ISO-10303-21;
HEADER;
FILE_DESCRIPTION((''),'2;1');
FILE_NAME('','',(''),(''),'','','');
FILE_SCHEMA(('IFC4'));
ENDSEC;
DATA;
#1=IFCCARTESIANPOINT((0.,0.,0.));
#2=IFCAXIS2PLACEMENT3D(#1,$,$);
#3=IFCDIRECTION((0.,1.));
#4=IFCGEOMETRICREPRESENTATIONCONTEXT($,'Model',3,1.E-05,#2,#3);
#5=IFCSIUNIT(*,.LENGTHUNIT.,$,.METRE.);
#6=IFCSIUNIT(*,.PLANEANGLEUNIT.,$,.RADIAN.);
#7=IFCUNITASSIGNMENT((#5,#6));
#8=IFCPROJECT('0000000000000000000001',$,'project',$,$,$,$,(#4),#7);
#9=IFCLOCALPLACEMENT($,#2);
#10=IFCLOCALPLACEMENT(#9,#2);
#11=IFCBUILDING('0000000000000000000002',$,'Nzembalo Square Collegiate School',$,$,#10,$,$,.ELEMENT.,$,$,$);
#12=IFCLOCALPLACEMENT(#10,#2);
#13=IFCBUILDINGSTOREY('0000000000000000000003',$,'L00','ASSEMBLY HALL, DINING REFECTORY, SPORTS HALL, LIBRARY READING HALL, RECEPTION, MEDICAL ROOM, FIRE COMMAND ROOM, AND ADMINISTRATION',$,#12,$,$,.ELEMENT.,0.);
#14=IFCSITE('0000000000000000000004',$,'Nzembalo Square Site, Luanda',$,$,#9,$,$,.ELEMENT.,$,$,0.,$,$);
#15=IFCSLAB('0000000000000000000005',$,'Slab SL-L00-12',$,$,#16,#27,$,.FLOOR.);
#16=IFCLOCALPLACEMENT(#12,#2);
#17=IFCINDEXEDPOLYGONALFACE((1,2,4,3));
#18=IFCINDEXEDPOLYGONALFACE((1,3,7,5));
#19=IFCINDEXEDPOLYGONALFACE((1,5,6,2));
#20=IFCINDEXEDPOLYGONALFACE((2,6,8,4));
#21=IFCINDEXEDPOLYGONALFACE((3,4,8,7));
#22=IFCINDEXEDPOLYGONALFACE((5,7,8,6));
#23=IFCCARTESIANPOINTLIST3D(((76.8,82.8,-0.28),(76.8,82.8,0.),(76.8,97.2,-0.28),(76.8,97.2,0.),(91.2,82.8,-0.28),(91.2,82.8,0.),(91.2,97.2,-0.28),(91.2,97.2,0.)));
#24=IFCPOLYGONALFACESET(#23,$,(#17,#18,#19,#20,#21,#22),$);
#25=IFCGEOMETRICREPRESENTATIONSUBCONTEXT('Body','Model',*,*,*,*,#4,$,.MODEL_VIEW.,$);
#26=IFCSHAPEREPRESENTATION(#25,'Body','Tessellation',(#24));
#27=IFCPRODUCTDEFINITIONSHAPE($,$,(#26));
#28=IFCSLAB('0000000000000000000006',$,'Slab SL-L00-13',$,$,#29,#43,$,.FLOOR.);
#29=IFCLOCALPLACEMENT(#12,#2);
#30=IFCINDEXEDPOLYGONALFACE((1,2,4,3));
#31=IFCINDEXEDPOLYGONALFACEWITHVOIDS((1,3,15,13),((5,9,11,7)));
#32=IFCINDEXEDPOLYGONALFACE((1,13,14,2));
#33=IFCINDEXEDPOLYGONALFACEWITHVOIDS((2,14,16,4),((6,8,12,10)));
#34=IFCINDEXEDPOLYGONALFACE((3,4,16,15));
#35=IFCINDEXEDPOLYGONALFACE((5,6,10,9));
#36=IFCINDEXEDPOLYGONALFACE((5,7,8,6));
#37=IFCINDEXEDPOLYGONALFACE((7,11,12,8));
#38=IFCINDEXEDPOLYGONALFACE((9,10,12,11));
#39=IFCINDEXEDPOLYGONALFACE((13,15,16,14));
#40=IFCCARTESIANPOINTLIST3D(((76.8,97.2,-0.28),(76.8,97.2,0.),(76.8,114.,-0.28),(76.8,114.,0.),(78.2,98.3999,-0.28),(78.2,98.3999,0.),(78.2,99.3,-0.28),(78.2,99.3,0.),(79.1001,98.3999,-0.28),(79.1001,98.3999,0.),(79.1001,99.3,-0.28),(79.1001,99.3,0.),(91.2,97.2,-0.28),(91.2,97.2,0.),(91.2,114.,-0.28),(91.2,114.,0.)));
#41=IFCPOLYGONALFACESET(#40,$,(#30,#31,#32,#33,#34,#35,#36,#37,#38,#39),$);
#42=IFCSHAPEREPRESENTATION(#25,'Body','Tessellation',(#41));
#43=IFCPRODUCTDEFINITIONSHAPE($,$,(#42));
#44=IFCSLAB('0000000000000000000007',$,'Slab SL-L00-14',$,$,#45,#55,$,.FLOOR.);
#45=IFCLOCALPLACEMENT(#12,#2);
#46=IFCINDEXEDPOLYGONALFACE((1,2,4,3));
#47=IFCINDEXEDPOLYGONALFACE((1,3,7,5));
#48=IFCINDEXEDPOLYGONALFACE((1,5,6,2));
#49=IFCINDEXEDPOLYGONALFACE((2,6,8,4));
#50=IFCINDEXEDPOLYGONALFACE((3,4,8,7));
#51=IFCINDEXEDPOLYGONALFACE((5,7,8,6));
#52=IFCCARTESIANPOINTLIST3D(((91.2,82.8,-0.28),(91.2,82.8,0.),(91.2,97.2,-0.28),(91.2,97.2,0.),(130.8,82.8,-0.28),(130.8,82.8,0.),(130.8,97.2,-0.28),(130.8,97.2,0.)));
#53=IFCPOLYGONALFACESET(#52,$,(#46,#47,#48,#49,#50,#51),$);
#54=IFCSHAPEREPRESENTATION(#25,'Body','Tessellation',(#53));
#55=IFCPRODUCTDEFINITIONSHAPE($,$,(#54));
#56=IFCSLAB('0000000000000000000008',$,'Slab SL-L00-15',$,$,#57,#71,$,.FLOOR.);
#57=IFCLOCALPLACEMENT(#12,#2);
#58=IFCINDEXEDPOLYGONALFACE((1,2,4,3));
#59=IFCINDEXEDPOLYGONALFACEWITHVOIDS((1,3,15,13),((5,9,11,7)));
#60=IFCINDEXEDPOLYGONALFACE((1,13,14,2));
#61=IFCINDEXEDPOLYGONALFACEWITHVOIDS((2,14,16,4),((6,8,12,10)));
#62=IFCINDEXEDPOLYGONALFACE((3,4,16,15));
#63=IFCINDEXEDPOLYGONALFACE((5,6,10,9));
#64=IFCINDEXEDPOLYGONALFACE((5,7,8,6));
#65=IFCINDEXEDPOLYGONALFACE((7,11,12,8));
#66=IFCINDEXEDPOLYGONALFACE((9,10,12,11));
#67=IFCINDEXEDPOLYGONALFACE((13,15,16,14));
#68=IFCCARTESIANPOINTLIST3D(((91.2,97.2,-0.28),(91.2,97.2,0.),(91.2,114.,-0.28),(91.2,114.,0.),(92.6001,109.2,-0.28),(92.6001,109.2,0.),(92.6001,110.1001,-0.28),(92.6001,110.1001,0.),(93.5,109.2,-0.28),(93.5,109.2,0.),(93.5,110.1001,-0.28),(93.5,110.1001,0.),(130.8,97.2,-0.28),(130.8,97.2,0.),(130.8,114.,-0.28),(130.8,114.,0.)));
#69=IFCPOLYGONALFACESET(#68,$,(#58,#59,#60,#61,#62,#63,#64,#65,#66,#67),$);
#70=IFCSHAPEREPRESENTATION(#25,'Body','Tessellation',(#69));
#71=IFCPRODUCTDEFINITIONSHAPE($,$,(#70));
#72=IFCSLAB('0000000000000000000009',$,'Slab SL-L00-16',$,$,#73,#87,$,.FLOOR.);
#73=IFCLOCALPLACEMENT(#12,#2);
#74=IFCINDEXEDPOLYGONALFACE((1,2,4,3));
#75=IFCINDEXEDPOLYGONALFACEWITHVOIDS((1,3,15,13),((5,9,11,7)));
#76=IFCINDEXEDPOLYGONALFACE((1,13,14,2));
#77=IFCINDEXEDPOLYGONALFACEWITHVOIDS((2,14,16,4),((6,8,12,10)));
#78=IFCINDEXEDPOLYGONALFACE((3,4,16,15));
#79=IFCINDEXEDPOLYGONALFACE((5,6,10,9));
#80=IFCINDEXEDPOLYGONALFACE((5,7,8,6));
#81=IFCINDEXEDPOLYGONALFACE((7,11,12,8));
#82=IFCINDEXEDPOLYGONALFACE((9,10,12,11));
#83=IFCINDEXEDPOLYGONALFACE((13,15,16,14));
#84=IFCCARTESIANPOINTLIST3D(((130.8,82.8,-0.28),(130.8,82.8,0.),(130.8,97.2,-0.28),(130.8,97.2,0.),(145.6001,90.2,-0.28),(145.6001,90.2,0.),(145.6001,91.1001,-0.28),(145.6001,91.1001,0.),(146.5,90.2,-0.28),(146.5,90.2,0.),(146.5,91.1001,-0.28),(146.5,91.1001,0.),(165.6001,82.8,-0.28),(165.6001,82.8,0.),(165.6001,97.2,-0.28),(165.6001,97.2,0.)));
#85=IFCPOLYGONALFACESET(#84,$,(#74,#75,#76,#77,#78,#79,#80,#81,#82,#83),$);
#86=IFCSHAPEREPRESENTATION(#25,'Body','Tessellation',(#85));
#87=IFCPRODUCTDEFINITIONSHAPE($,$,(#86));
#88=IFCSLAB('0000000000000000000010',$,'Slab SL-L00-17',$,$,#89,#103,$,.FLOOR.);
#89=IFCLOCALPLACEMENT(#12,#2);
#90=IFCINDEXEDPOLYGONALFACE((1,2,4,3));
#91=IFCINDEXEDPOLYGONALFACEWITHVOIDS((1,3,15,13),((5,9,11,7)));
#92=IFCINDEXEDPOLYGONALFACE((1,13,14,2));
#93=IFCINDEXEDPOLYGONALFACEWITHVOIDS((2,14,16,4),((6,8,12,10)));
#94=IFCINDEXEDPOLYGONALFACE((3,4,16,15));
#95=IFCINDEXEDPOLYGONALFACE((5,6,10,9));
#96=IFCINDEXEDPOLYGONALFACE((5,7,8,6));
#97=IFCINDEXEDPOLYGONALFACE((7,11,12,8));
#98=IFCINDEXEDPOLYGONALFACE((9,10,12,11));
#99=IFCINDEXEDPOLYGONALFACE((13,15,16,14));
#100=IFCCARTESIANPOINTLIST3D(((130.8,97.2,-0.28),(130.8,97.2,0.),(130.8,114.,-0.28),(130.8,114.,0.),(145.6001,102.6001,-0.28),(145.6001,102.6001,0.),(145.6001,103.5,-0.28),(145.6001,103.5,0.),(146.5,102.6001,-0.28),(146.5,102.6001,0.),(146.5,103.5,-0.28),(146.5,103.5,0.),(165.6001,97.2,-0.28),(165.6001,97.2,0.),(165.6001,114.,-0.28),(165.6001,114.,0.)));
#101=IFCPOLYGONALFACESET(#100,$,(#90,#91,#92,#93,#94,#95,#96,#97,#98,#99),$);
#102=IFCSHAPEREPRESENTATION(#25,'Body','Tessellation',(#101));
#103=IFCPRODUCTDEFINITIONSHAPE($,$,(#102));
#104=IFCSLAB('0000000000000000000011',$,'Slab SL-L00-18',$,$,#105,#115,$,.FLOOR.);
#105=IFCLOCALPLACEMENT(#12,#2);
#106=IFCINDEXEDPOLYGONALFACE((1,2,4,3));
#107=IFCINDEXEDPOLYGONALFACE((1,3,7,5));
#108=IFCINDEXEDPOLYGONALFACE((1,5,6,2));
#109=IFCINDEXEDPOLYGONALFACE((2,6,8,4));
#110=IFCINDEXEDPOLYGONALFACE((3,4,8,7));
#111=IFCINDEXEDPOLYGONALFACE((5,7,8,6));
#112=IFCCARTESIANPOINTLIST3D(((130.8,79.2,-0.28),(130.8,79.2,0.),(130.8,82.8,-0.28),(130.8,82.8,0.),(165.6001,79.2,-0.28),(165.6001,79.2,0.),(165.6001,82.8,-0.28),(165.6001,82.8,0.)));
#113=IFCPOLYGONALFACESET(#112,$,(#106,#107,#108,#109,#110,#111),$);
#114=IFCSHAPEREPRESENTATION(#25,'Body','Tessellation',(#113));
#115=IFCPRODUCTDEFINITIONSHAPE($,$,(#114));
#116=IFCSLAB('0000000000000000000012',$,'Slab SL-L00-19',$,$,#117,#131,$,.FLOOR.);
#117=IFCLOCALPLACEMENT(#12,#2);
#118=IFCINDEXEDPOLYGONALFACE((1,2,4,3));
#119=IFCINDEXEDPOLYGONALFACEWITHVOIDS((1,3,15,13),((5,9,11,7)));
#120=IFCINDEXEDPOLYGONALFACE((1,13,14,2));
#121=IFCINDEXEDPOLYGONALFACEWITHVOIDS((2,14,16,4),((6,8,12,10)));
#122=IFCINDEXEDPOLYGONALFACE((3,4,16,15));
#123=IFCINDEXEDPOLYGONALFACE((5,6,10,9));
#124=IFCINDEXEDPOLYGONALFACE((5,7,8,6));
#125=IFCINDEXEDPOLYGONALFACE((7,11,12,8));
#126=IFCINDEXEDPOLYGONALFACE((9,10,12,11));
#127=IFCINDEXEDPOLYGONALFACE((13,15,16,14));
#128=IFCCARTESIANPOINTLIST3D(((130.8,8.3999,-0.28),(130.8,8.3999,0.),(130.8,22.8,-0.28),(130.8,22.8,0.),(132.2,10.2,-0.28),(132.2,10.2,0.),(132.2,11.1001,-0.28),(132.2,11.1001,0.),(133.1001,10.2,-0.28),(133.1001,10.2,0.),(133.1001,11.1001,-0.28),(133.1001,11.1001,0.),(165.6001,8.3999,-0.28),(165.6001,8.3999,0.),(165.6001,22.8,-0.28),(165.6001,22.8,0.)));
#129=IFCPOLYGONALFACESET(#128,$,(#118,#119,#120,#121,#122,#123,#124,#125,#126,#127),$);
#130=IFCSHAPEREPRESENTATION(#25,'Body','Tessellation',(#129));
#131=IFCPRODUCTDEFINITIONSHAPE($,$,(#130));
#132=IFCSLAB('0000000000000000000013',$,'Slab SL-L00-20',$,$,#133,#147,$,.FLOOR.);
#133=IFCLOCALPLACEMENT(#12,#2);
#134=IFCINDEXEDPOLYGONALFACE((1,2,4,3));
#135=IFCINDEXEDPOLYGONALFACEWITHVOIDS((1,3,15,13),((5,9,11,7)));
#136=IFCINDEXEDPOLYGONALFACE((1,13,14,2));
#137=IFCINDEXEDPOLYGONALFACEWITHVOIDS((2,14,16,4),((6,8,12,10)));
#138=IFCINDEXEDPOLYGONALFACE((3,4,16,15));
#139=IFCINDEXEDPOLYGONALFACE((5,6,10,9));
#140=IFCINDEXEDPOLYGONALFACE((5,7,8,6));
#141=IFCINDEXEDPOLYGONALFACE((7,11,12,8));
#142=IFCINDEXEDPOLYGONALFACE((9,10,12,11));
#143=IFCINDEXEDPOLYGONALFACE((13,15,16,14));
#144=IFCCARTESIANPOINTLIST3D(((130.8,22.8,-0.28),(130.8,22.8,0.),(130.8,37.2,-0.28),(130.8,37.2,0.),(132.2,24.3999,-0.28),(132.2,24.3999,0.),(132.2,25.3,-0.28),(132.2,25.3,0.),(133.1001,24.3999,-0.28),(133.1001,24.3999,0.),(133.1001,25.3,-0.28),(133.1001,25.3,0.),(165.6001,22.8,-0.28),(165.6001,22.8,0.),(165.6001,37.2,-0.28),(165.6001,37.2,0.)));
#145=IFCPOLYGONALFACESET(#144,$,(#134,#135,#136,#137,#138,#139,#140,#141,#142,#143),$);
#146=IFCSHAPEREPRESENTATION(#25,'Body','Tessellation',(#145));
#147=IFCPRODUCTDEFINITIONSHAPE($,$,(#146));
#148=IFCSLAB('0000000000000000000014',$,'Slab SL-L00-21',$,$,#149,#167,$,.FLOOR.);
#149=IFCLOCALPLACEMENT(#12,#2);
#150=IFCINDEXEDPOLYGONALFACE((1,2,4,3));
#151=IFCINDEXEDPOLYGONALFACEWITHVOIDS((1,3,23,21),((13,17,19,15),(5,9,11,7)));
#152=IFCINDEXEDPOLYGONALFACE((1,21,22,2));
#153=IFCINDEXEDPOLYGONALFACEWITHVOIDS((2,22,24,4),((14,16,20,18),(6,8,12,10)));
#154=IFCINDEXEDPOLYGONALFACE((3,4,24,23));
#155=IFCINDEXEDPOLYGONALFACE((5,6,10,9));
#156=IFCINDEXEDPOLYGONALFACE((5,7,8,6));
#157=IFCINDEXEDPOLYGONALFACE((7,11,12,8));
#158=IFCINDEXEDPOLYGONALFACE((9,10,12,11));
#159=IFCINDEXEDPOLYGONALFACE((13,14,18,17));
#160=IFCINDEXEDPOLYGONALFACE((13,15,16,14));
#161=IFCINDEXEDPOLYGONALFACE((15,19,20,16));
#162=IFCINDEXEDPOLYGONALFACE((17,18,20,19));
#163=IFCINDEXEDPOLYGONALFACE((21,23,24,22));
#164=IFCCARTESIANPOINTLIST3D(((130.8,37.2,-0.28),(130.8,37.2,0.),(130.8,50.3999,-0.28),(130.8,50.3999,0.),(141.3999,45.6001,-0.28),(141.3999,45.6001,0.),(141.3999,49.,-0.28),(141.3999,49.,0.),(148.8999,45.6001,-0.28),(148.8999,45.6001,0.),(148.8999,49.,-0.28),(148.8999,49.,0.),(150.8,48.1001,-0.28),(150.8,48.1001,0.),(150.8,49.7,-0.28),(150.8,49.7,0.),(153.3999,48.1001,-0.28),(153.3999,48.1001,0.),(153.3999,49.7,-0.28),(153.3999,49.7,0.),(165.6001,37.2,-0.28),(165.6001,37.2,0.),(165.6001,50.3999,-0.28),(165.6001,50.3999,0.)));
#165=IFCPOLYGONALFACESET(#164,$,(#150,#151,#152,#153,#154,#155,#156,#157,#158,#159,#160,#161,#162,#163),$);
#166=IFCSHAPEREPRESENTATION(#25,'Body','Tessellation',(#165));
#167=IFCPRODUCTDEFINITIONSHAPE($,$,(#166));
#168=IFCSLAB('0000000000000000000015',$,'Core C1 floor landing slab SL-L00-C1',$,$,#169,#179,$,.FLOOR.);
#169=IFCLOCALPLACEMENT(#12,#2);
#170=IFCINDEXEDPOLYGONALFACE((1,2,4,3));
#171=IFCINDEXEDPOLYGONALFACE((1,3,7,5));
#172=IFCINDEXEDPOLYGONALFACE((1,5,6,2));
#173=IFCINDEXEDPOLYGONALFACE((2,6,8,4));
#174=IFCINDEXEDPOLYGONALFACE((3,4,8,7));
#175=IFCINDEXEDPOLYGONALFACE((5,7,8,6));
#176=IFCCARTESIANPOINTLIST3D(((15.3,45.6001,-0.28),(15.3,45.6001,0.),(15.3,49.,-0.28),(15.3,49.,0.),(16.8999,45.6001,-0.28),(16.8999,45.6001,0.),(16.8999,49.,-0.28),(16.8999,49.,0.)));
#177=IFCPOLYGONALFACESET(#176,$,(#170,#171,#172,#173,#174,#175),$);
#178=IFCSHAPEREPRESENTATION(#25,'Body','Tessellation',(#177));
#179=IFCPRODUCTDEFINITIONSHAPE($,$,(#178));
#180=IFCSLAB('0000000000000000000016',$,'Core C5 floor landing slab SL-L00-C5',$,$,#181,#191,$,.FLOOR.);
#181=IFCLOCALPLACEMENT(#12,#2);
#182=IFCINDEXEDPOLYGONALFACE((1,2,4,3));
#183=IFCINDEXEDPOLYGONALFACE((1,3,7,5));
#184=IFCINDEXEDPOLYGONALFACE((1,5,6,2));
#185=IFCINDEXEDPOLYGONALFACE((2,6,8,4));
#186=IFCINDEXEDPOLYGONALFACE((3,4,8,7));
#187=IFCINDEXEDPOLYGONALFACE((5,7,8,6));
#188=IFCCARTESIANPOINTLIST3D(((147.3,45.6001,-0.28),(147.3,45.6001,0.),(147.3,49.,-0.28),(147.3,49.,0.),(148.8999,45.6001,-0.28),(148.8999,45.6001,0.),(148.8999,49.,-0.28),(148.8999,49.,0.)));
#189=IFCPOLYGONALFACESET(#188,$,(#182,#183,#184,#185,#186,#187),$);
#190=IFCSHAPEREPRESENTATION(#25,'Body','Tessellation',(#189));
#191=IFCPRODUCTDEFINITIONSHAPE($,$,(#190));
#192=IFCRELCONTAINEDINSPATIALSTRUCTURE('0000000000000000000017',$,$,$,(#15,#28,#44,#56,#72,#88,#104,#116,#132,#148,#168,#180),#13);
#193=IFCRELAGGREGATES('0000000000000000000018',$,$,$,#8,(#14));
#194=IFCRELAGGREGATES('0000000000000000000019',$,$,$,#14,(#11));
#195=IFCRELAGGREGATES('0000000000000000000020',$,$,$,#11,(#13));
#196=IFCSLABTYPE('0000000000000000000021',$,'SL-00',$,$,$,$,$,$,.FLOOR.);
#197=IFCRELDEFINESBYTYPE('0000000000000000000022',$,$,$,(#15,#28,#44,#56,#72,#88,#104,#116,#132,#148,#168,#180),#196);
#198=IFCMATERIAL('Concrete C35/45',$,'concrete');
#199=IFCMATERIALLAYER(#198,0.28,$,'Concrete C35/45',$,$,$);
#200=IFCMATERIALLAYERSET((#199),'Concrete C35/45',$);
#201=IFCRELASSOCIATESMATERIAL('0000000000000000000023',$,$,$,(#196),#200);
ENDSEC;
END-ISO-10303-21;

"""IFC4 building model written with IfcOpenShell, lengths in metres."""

from ifc_helpers import new_model, si_unit, direction, frame, origin, place, context, subcontext, project, spatial, polyline, outline, extrude, material, layer, layer_set, type_object, element, save


model = new_model("IFC4")

# Units and contexts
model_context = context("Model", 3, precision=1e-05, world=origin(), true_north=direction((0.0, 1.0)))
body_context = subcontext(model_context, "Body", "Model", "MODEL_VIEW")
ifc_project = project(units=[si_unit("LENGTHUNIT", "METRE"), si_unit("PLANEANGLEUNIT", "RADIAN")], contexts=[model_context])

# Site, building, storey
site_placement = place(None, origin())
site = spatial("IfcSite", under=ifc_project, at=site_placement, Name="Nzembalo Square Site, Luanda", CompositionType="ELEMENT", RefElevation=0.0)
building_placement = place(site_placement, origin())
building = spatial("IfcBuilding", under=site, at=building_placement, Name="Nzembalo Square Collegiate School", CompositionType="ELEMENT")
storey_placement = place(building_placement, origin())
storey = spatial("IfcBuildingStorey", under=building, at=storey_placement, Name="L00", Description="ASSEMBLY HALL, DINING REFECTORY, SPORTS HALL, LIBRARY READING HALL, RECEPTION, MEDICAL ROOM, FIRE COMMAND ROOM, AND ADMINISTRATION", CompositionType="ELEMENT", Elevation=0.0)

# Slabs
ifc_material_1 = material(Name="Concrete C35/45", Category="concrete")
ifc_layer_1 = layer(ifc_material_1, 0.28, Name="Concrete C35/45")
ifc_layer_set_1 = layer_set([ifc_layer_1], Name="Concrete C35/45")
slab_type_1 = type_object("IfcSlabType", Name="SL-00", PredefinedType="FLOOR", material=ifc_layer_set_1)
slab_1_placement = place(storey_placement, frame((0.0, 0.0, -0.28)))
element("IfcSlab", 1, at=slab_1_placement, inside=storey, type_object=slab_type_1, Name="Slab SL-L00-12", PredefinedType="FLOOR", context=body_context, shape_type="SweptSolid", body=[
    extrude(outline(polyline([(76.8, 82.8), (91.2, 82.8), (91.2, 97.2), (76.8, 97.2), (76.8, 82.8)])), origin(), (0.0, 0.0, 1.0), 0.28),
])
slab_2_placement = place(storey_placement, frame((0.0, 0.0, -0.28)))
element("IfcSlab", 2, at=slab_2_placement, inside=storey, type_object=slab_type_1, Name="Slab SL-L00-13", PredefinedType="FLOOR", context=body_context, shape_type="SweptSolid", body=[
    extrude(outline(polyline([(76.8, 97.2), (91.2, 97.2), (91.2, 114.0), (76.8, 114.0), (76.8, 97.2)]), holes=[polyline([(78.2, 98.3999), (79.1001, 98.3999), (79.1001, 99.3), (78.2, 99.3), (78.2, 98.3999)])]), origin(), (0.0, 0.0, 1.0), 0.28),
])
slab_3_placement = place(storey_placement, frame((0.0, 0.0, -0.28)))
element("IfcSlab", 3, at=slab_3_placement, inside=storey, type_object=slab_type_1, Name="Slab SL-L00-14", PredefinedType="FLOOR", context=body_context, shape_type="SweptSolid", body=[
    extrude(outline(polyline([(91.2, 82.8), (130.8, 82.8), (130.8, 97.2), (91.2, 97.2), (91.2, 82.8)])), origin(), (0.0, 0.0, 1.0), 0.28),
])
slab_4_placement = place(storey_placement, frame((0.0, 0.0, -0.28)))
element("IfcSlab", 4, at=slab_4_placement, inside=storey, type_object=slab_type_1, Name="Slab SL-L00-15", PredefinedType="FLOOR", context=body_context, shape_type="SweptSolid", body=[
    extrude(outline(polyline([(91.2, 97.2), (130.8, 97.2), (130.8, 114.0), (91.2, 114.0), (91.2, 97.2)]), holes=[polyline([(92.6001, 109.2), (93.5, 109.2), (93.5, 110.1001), (92.6001, 110.1001), (92.6001, 109.2)])]), origin(), (0.0, 0.0, 1.0), 0.28),
])
slab_5_placement = place(storey_placement, frame((0.0, 0.0, -0.28)))
element("IfcSlab", 5, at=slab_5_placement, inside=storey, type_object=slab_type_1, Name="Slab SL-L00-16", PredefinedType="FLOOR", context=body_context, shape_type="SweptSolid", body=[
    extrude(outline(polyline([(130.8, 82.8), (165.6001, 82.8), (165.6001, 97.2), (130.8, 97.2), (130.8, 82.8)]), holes=[polyline([(145.6001, 90.2), (146.5, 90.2), (146.5, 91.1001), (145.6001, 91.1001), (145.6001, 90.2)])]), origin(), (0.0, 0.0, 1.0), 0.28),
])
slab_6_placement = place(storey_placement, frame((0.0, 0.0, -0.28)))
element("IfcSlab", 6, at=slab_6_placement, inside=storey, type_object=slab_type_1, Name="Slab SL-L00-17", PredefinedType="FLOOR", context=body_context, shape_type="SweptSolid", body=[
    extrude(outline(polyline([(130.8, 97.2), (165.6001, 97.2), (165.6001, 114.0), (130.8, 114.0), (130.8, 97.2)]), holes=[polyline([(145.6001, 102.6001), (146.5, 102.6001), (146.5, 103.5), (145.6001, 103.5), (145.6001, 102.6001)])]), origin(), (0.0, 0.0, 1.0), 0.28),
])
slab_7_placement = place(storey_placement, frame((0.0, 0.0, -0.28)))
element("IfcSlab", 7, at=slab_7_placement, inside=storey, type_object=slab_type_1, Name="Slab SL-L00-18", PredefinedType="FLOOR", context=body_context, shape_type="SweptSolid", body=[
    extrude(outline(polyline([(130.8, 79.2), (165.6001, 79.2), (165.6001, 82.8), (130.8, 82.8), (130.8, 79.2)])), origin(), (0.0, 0.0, 1.0), 0.28),
])
slab_8_placement = place(storey_placement, frame((0.0, 0.0, -0.28)))
element("IfcSlab", 8, at=slab_8_placement, inside=storey, type_object=slab_type_1, Name="Slab SL-L00-19", PredefinedType="FLOOR", context=body_context, shape_type="SweptSolid", body=[
    extrude(outline(polyline([(130.8, 8.3999), (165.6001, 8.3999), (165.6001, 22.8), (130.8, 22.8), (130.8, 8.3999)]), holes=[polyline([(132.2, 10.2), (133.1001, 10.2), (133.1001, 11.1001), (132.2, 11.1001), (132.2, 10.2)])]), origin(), (0.0, 0.0, 1.0), 0.28),
])
slab_9_placement = place(storey_placement, frame((0.0, 0.0, -0.28)))
element("IfcSlab", 9, at=slab_9_placement, inside=storey, type_object=slab_type_1, Name="Slab SL-L00-20", PredefinedType="FLOOR", context=body_context, shape_type="SweptSolid", body=[
    extrude(outline(polyline([(130.8, 22.8), (165.6001, 22.8), (165.6001, 37.2), (130.8, 37.2), (130.8, 22.8)]), holes=[polyline([(132.2, 24.3999), (133.1001, 24.3999), (133.1001, 25.3), (132.2, 25.3), (132.2, 24.3999)])]), origin(), (0.0, 0.0, 1.0), 0.28),
])
slab_10_placement = place(storey_placement, frame((0.0, 0.0, -0.28)))
element("IfcSlab", 10, at=slab_10_placement, inside=storey, type_object=slab_type_1, Name="Slab SL-L00-21", PredefinedType="FLOOR", context=body_context, shape_type="SweptSolid", body=[
    extrude(outline(polyline([(130.8, 37.2), (165.6001, 37.2), (165.6001, 50.3999), (130.8, 50.3999), (130.8, 37.2)]), holes=[polyline([(150.8, 48.1001), (153.3999, 48.1001), (153.3999, 49.7), (150.8, 49.7), (150.8, 48.1001)]), polyline([(148.8999, 49.0), (141.3999, 49.0), (141.3999, 45.6001), (148.8999, 45.6001), (148.8999, 49.0)])]), origin(), (0.0, 0.0, 1.0), 0.28),
])
slab_11_placement = place(storey_placement, frame((0.0, 0.0, -0.28)))
element("IfcSlab", 11, at=slab_11_placement, inside=storey, type_object=slab_type_1, Name="Core C1 floor landing slab SL-L00-C1", PredefinedType="FLOOR", context=body_context, shape_type="SweptSolid", body=[
    extrude(outline(polyline([(15.3, 45.6001), (16.8999, 45.6001), (16.8999, 49.0), (15.3, 49.0), (15.3, 45.6001)])), origin(), (0.0, 0.0, 1.0), 0.28),
])
slab_12_placement = place(storey_placement, frame((0.0, 0.0, -0.28)))
element("IfcSlab", 12, at=slab_12_placement, inside=storey, type_object=slab_type_1, Name="Core C5 floor landing slab SL-L00-C5", PredefinedType="FLOOR", context=body_context, shape_type="SweptSolid", body=[
    extrude(outline(polyline([(147.3, 45.6001), (148.8999, 45.6001), (148.8999, 49.0), (147.3, 49.0), (147.3, 45.6001)])), origin(), (0.0, 0.0, 1.0), 0.28),
])

save(model, "model.ifc")
